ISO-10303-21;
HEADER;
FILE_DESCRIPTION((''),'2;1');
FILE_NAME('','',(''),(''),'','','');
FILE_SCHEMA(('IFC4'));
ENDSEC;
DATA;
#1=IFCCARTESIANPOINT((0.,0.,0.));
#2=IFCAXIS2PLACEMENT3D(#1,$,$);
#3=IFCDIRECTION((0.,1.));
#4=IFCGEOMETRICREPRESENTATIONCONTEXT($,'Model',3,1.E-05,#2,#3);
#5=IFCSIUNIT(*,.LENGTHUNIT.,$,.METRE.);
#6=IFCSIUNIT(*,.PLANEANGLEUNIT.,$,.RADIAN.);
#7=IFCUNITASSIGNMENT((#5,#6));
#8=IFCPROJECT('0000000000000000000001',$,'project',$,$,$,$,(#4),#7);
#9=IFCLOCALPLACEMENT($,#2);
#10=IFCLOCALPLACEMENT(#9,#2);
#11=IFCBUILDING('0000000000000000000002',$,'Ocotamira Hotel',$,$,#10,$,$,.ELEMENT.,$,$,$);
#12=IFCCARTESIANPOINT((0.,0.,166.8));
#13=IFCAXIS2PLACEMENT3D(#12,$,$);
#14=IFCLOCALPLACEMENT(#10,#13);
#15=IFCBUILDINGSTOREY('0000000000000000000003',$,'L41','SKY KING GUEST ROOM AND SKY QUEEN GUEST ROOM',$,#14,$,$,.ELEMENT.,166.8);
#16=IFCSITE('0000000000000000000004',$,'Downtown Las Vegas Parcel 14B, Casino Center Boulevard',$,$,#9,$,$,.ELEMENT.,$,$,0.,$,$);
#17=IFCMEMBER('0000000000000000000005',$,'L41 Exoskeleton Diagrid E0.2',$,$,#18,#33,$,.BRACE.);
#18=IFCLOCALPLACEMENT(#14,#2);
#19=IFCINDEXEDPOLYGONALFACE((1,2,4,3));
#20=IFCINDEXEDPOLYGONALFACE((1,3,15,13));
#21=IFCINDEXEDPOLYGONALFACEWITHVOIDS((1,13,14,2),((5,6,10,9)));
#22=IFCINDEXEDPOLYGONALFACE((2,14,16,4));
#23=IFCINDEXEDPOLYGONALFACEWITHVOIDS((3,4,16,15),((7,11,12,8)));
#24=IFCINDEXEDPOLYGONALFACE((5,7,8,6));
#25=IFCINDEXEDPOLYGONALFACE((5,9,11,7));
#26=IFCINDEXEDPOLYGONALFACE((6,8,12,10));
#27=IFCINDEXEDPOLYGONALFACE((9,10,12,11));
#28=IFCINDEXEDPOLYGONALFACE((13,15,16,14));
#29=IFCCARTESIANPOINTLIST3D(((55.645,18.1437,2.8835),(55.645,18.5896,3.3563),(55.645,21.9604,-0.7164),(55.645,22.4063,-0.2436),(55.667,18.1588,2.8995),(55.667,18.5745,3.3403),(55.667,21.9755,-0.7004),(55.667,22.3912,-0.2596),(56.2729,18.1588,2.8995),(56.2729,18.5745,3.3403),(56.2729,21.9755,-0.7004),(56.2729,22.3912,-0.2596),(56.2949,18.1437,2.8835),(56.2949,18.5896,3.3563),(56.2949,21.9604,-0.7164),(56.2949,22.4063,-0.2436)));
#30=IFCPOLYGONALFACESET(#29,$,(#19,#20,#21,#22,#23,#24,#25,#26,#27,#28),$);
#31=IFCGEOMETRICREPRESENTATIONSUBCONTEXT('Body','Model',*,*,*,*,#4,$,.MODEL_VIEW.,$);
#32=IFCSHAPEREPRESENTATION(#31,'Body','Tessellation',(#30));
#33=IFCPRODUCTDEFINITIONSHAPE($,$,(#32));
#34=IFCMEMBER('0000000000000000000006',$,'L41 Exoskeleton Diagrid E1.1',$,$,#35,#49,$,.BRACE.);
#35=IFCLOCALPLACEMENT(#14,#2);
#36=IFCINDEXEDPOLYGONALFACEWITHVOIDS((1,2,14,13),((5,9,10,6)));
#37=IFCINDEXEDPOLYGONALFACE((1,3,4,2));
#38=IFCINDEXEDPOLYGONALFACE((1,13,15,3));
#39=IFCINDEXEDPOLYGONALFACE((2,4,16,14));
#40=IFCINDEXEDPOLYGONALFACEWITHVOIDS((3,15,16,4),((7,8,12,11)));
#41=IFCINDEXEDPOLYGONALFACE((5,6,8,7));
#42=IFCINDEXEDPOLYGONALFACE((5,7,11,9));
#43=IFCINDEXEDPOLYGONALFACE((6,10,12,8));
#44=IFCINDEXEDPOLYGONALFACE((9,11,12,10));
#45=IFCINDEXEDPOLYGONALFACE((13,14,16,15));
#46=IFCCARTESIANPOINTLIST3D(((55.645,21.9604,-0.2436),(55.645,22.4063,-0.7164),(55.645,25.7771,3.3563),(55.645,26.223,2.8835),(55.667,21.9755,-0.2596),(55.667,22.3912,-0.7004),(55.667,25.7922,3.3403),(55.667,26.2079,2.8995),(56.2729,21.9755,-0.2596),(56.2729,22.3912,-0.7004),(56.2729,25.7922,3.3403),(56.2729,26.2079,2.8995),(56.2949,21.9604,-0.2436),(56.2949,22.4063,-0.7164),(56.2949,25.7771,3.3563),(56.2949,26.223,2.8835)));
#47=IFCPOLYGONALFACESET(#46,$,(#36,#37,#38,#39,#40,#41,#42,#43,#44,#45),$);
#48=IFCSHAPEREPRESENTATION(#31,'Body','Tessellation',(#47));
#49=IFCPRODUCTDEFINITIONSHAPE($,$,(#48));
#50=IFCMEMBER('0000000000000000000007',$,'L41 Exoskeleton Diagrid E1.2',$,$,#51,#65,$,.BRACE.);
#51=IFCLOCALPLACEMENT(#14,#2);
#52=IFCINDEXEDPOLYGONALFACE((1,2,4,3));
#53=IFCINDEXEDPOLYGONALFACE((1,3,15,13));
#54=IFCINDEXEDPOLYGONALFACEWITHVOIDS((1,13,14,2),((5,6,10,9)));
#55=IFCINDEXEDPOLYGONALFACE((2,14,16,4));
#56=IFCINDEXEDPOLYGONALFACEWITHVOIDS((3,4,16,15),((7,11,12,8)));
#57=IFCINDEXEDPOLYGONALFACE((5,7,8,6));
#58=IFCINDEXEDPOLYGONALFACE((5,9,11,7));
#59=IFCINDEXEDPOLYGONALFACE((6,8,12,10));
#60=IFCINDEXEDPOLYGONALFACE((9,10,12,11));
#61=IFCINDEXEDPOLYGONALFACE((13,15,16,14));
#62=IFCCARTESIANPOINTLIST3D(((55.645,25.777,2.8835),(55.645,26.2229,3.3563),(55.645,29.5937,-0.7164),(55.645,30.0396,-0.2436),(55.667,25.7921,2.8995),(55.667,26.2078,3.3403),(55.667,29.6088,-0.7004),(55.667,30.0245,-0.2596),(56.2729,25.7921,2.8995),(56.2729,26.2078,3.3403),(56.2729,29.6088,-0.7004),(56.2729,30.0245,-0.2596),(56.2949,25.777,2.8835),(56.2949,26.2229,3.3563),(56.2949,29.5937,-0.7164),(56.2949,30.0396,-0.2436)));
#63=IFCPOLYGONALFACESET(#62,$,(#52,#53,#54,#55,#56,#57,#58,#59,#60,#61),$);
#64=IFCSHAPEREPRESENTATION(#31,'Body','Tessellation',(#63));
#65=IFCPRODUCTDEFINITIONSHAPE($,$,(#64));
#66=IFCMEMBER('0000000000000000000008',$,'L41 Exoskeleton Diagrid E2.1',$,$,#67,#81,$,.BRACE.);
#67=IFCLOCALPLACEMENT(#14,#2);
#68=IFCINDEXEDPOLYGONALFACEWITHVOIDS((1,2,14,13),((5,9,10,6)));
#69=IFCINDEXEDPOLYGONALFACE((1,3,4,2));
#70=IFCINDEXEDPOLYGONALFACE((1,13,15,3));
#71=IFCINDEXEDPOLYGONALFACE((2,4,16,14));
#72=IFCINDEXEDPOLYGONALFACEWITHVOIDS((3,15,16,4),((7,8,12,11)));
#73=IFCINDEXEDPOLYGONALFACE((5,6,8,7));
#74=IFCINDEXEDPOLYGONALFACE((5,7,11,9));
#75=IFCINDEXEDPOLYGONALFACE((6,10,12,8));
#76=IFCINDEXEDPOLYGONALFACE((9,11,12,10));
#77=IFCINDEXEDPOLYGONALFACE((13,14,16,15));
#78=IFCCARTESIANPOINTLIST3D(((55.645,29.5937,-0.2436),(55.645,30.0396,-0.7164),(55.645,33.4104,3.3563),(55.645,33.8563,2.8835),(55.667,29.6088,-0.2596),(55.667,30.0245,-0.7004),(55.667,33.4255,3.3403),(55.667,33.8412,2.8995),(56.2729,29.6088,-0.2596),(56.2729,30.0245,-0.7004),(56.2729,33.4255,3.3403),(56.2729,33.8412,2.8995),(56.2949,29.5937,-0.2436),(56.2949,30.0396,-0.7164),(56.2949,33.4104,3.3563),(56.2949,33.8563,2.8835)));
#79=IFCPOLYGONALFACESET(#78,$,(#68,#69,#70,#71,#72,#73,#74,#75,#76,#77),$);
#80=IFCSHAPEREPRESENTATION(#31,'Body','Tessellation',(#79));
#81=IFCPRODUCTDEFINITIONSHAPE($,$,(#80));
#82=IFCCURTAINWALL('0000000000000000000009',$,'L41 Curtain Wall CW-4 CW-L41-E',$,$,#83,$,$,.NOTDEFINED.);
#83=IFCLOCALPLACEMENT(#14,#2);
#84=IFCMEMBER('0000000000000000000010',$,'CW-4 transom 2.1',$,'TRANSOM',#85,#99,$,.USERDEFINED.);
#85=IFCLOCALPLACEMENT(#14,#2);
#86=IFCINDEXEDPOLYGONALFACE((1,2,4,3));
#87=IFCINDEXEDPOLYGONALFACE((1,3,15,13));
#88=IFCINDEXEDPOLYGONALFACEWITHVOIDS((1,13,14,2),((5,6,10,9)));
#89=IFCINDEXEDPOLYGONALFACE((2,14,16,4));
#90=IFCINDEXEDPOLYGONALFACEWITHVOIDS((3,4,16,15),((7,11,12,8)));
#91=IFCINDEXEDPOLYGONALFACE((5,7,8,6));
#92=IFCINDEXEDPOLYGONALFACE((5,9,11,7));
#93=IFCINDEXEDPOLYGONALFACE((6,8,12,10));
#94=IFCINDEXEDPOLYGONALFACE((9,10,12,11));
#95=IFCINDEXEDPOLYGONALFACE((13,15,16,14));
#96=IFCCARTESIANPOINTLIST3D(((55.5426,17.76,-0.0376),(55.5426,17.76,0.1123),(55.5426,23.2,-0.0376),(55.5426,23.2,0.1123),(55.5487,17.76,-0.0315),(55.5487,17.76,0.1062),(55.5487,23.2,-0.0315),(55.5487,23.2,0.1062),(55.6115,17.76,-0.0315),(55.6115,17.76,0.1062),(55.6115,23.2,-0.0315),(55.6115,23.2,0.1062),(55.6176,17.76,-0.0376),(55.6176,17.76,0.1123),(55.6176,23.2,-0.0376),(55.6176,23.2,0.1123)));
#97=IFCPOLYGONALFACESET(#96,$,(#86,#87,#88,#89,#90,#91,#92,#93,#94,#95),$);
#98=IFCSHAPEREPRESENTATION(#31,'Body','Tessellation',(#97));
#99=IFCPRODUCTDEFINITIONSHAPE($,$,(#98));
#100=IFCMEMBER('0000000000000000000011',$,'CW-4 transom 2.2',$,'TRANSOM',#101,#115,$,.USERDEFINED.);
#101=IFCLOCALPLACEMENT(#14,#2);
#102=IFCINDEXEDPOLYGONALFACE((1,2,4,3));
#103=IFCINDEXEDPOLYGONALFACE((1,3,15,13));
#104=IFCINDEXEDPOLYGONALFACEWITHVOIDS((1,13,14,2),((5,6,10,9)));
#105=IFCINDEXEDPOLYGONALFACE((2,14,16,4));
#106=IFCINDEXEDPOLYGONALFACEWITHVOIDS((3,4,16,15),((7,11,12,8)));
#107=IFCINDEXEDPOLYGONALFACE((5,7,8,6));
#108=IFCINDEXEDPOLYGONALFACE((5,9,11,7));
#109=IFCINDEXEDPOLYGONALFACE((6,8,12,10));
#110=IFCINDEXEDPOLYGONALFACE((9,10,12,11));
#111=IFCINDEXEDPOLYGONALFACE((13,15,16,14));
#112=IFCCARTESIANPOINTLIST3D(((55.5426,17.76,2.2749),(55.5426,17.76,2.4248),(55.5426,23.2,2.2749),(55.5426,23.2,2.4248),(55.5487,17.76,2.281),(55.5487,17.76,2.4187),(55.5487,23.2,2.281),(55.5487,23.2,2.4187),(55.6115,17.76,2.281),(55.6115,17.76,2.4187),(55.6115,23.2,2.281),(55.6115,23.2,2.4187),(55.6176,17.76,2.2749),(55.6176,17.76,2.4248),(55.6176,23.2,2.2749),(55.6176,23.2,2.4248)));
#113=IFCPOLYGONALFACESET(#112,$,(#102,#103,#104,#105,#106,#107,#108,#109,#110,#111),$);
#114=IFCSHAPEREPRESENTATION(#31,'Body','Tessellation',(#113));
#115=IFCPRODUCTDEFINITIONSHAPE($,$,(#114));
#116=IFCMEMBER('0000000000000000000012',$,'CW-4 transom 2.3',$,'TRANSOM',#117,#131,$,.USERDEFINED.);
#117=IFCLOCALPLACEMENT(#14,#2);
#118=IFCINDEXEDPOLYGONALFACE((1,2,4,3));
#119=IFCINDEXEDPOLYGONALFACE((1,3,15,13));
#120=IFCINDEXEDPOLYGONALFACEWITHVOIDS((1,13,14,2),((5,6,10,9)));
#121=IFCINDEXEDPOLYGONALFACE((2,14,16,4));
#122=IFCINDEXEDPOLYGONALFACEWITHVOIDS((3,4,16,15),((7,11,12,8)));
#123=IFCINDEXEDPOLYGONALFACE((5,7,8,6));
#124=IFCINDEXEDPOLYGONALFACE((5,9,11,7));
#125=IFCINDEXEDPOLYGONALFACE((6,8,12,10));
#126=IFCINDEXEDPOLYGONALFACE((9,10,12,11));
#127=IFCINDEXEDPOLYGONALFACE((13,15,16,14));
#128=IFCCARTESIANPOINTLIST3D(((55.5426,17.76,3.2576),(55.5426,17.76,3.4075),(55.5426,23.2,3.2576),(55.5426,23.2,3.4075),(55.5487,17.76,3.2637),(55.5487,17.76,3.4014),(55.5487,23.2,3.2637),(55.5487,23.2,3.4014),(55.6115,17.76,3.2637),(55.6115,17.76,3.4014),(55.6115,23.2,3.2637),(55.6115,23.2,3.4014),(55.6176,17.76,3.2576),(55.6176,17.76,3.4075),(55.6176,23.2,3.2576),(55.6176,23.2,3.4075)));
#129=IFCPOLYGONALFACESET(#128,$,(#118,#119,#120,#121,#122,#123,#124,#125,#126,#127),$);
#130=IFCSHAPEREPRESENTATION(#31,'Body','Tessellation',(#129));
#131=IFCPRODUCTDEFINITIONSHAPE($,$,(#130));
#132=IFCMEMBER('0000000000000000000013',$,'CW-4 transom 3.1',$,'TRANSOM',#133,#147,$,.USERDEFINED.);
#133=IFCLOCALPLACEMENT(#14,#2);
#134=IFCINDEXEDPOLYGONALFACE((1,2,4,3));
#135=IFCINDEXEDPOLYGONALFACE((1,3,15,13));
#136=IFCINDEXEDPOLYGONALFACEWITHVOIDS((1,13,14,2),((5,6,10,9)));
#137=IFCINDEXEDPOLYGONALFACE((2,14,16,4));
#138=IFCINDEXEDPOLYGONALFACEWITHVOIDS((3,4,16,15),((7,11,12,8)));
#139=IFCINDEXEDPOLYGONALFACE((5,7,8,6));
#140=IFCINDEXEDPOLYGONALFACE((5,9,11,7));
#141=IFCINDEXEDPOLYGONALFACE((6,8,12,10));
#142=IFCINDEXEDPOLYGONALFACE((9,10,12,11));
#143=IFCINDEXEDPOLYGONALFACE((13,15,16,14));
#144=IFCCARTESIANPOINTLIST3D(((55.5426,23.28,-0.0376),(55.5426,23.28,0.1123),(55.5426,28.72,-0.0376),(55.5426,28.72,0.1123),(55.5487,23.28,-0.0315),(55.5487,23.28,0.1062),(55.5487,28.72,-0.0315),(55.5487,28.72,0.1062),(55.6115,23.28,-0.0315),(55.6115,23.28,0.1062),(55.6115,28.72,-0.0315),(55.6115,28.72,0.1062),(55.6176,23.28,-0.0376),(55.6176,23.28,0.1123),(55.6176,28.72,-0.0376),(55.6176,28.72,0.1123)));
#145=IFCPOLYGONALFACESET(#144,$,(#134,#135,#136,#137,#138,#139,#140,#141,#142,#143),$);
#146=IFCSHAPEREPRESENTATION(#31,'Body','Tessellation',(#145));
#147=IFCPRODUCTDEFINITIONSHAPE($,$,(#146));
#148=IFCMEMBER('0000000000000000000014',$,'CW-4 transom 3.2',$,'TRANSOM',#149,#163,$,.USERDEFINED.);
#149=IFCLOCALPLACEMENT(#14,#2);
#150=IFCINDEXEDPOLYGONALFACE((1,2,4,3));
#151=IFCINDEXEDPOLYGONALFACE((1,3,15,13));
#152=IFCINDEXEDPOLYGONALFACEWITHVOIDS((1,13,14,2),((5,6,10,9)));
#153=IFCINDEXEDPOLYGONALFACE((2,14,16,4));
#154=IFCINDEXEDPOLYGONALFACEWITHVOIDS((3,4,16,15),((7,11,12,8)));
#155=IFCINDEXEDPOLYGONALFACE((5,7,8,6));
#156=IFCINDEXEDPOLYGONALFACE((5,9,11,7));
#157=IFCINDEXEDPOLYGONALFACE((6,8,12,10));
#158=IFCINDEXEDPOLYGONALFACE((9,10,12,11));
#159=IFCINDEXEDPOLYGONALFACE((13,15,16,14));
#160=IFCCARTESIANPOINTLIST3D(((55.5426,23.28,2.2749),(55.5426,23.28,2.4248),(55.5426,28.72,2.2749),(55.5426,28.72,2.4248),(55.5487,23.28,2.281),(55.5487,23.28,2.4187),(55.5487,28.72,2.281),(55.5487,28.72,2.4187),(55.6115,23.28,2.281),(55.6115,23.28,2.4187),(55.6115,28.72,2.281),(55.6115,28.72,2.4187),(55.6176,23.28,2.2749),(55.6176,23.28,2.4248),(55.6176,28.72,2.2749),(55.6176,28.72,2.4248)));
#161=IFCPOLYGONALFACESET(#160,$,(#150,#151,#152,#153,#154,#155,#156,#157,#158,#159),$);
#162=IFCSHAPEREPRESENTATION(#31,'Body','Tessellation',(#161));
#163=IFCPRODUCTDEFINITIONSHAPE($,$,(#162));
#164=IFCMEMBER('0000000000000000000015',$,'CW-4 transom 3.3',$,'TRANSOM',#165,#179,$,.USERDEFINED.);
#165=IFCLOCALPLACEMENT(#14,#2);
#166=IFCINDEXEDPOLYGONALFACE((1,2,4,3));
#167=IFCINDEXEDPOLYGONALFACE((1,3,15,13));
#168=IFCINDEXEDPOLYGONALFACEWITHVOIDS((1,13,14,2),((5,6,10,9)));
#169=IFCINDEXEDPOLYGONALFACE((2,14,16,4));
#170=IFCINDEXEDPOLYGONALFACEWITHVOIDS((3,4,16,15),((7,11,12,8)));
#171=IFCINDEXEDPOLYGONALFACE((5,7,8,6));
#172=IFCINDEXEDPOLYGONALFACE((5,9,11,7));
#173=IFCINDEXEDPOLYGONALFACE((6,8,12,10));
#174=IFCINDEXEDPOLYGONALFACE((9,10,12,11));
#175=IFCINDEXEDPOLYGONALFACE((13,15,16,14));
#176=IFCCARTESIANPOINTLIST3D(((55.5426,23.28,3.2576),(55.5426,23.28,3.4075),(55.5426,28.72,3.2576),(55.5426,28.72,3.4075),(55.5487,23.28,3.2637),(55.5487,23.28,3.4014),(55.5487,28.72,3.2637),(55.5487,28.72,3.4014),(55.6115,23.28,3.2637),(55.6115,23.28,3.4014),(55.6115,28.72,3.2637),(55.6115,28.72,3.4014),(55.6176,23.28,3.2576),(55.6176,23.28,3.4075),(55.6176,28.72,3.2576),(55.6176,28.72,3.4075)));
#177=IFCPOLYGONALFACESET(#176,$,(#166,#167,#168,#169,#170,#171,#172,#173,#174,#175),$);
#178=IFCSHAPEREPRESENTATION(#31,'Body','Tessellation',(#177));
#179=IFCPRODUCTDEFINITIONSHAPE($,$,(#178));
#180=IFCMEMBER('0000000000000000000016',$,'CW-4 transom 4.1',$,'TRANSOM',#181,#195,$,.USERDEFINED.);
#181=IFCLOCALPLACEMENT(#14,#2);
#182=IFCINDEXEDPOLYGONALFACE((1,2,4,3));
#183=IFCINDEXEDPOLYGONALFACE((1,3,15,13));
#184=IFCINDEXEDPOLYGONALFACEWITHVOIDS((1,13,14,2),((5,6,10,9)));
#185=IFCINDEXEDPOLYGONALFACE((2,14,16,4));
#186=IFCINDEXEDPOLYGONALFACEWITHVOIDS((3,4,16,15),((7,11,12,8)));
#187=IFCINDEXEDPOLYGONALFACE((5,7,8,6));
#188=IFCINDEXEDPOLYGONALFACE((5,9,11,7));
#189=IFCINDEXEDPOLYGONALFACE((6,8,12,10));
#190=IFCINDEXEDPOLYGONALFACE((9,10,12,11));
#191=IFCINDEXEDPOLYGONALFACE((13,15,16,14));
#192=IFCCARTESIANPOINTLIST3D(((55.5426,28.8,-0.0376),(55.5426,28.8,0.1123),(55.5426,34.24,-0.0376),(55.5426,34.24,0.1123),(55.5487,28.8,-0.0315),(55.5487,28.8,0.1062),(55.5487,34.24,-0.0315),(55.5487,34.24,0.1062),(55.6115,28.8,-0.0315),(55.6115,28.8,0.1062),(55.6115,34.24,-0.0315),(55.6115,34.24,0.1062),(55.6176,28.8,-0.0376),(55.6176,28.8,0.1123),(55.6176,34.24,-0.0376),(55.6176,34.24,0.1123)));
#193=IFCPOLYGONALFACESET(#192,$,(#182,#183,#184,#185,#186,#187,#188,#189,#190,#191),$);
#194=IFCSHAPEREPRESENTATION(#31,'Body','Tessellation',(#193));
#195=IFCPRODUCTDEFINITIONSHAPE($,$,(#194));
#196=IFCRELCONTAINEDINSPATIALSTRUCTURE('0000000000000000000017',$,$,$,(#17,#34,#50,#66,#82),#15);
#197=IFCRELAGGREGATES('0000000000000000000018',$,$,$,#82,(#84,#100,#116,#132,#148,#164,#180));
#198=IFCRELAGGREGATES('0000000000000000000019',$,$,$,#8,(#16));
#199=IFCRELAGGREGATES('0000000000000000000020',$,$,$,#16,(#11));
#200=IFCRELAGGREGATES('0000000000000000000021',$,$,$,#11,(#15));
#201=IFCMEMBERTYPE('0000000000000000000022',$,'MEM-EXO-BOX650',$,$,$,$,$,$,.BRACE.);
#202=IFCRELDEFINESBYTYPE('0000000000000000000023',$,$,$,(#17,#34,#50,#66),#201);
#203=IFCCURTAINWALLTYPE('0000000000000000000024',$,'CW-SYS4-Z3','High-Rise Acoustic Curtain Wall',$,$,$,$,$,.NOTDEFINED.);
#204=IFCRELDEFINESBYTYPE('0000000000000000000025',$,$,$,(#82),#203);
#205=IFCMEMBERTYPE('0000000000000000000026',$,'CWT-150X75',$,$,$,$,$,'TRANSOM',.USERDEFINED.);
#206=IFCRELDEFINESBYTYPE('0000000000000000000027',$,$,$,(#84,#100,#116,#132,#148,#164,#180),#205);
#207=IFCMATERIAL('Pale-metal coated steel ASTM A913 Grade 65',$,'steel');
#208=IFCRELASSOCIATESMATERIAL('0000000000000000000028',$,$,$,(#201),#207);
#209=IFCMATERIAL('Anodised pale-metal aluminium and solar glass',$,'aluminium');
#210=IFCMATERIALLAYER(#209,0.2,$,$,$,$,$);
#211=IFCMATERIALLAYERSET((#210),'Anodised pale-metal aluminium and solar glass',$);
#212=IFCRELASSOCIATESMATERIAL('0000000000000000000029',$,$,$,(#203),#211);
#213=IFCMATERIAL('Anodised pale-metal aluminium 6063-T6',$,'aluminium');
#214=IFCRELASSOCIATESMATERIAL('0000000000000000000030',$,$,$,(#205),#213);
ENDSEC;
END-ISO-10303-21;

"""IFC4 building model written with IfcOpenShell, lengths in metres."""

from ifc_helpers import new_model, si_unit, direction, frame, origin, origin_2d, place, context, subcontext, project, spatial, hollow_rectangle, extrude, source, transform, mapped, material, layer, layer_set, material_profile, profile_set, type_object, element, aggregate, save


model = new_model("IFC4")

# Units and contexts
model_context = context("Model", 3, precision=1e-05, world=origin(), true_north=direction((0.0, 1.0)))
body_context = subcontext(model_context, "Body", "Model", "MODEL_VIEW")
ifc_project = project(units=[si_unit("LENGTHUNIT", "METRE"), si_unit("PLANEANGLEUNIT", "RADIAN")], contexts=[model_context])

# Site, building, storey
site_placement = place(None, origin())
site = spatial("IfcSite", under=ifc_project, at=site_placement, Name="Downtown Las Vegas Parcel 14B, Casino Center Boulevard", CompositionType="ELEMENT", RefElevation=0.0)
building_placement = place(site_placement, origin())
building = spatial("IfcBuilding", under=site, at=building_placement, Name="Ocotamira Hotel", CompositionType="ELEMENT")
storey_placement = place(building_placement, frame((0.0, 0.0, 166.8)))
storey = spatial("IfcBuildingStorey", under=building, at=storey_placement, Name="L41", Description="SKY KING GUEST ROOM AND SKY QUEEN GUEST ROOM", CompositionType="ELEMENT", Elevation=166.8)

# Members
ifc_material_1 = material(Name="Pale-metal coated steel ASTM A913 Grade 65", Category="steel")
ifc_material_profile_1 = material_profile(ifc_material_1, hollow_rectangle(XDim=0.6499, YDim=0.6499, WallThickness=0.022, at=origin_2d()), Name="BOX650X650X22")
ifc_profile_set_1 = profile_set([ifc_material_profile_1], Name="Pale-metal coated steel ASTM A913 Grade 65")
member_type_1 = type_object("IfcMemberType", Name="MEM-EXO-BOX650", PredefinedType="BRACE", material=ifc_profile_set_1)
shared_shape_1 = source(origin(), body_context, "Body", "SweptSolid", [
    extrude(hollow_rectangle(XDim=0.6499, YDim=0.6499, WallThickness=0.022, at=origin_2d()), origin(), (0.0, 0.0, 1.0), 5.2466),
])
for number, where, z_axis, x_axis, name in (
    (1, (55.97, 22.1833, -0.48), (0.0, -0.727466, 0.686144), (1.0, 0.0, 0.0), "L41 Exoskeleton Diagrid E0.2"),
    (2, (55.97, 22.1833, -0.48), (0.0, 0.727466, 0.686144), (-1.0, 0.0, 0.0), "L41 Exoskeleton Diagrid E1.1"),
    (3, (55.97, 29.8167, -0.48), (0.0, -0.727466, 0.686144), (1.0, 0.0, 0.0), "L41 Exoskeleton Diagrid E1.2"),
    (4, (55.97, 29.8167, -0.48), (0.0, 0.727466, 0.686144), (-1.0, 0.0, 0.0), "L41 Exoskeleton Diagrid E2.1"),
):
    element("IfcMember", number, at=place(storey_placement, frame(where, z_axis=z_axis, x_axis=x_axis)), inside=storey, type_object=member_type_1, Name=name, PredefinedType="BRACE", context=body_context, shape_type="MappedRepresentation", body=[
        mapped(shared_shape_1, transform((0.0, 0.0, 0.0), scale=1.0)),
    ])

# Curtain wall, members
ifc_material_2 = material(Name="Anodised pale-metal aluminium and solar glass", Category="aluminium")
ifc_layer_1 = layer(ifc_material_2, 0.2)
ifc_layer_set_1 = layer_set([ifc_layer_1], Name="Anodised pale-metal aluminium and solar glass")
curtain_wall_type = type_object("IfcCurtainWallType", Name="CW-SYS4-Z3", Description="High-Rise Acoustic Curtain Wall", PredefinedType="NOTDEFINED", material=ifc_layer_set_1)
curtain_wall_placement = place(storey_placement, origin())
curtain_wall = element("IfcCurtainWall", 5, at=curtain_wall_placement, inside=storey, type_object=curtain_wall_type, Name="L41 Curtain Wall CW-4 CW-L41-E", PredefinedType="NOTDEFINED")
ifc_material_3 = material(Name="Anodised pale-metal aluminium 6063-T6", Category="aluminium")
ifc_material_profile_2 = material_profile(ifc_material_3, hollow_rectangle(XDim=0.075, YDim=0.1499, WallThickness=0.0061, at=origin_2d()), Name="HSS150X75X6")
ifc_profile_set_2 = profile_set([ifc_material_profile_2], Name="Anodised pale-metal aluminium 6063-T6")
member_type_2 = type_object("IfcMemberType", Name="CWT-150X75", ElementType="TRANSOM", PredefinedType="USERDEFINED", material=ifc_profile_set_2)
shared_shape_2 = source(origin(), body_context, "Body", "SweptSolid", [
    extrude(hollow_rectangle(XDim=0.075, YDim=0.1499, WallThickness=0.0061, at=origin_2d()), origin(), (0.0, 0.0, 1.0), 5.4399),
])
member_1_placement = place(storey_placement, frame((55.5801, 17.76, 0.0374), z_axis=(0.0, 1.0, 0.0), x_axis=(-1.0, 0.0, 0.0)))
member_1 = element("IfcMember", 6, at=member_1_placement, type_object=member_type_2, Name="CW-4 transom 2.1", ObjectType="TRANSOM", PredefinedType="USERDEFINED", context=body_context, shape_type="MappedRepresentation", body=[
    mapped(shared_shape_2, transform((0.0, 0.0, 0.0), scale=1.0)),
])
member_2_placement = place(storey_placement, frame((55.5801, 17.76, 2.3499), z_axis=(0.0, 1.0, 0.0), x_axis=(-1.0, 0.0, 0.0)))
member_2 = element("IfcMember", 7, at=member_2_placement, type_object=member_type_2, Name="CW-4 transom 2.2", ObjectType="TRANSOM", PredefinedType="USERDEFINED", context=body_context, shape_type="MappedRepresentation", body=[
    mapped(shared_shape_2, transform((0.0, 0.0, 0.0), scale=1.0)),
])
member_3_placement = place(storey_placement, frame((55.5801, 17.76, 3.3325), z_axis=(0.0, 1.0, 0.0), x_axis=(-1.0, 0.0, 0.0)))
member_3 = element("IfcMember", 8, at=member_3_placement, type_object=member_type_2, Name="CW-4 transom 2.3", ObjectType="TRANSOM", PredefinedType="USERDEFINED", context=body_context, shape_type="MappedRepresentation", body=[
    mapped(shared_shape_2, transform((0.0, 0.0, 0.0), scale=1.0)),
])
member_4_placement = place(storey_placement, frame((55.5801, 23.28, 0.0374), z_axis=(0.0, 1.0, 0.0), x_axis=(-1.0, 0.0, 0.0)))
member_4 = element("IfcMember", 9, at=member_4_placement, type_object=member_type_2, Name="CW-4 transom 3.1", ObjectType="TRANSOM", PredefinedType="USERDEFINED", context=body_context, shape_type="MappedRepresentation", body=[
    mapped(shared_shape_2, transform((0.0, 0.0, 0.0), scale=1.0)),
])
member_5_placement = place(storey_placement, frame((55.5801, 23.28, 2.3499), z_axis=(0.0, 1.0, 0.0), x_axis=(-1.0, 0.0, 0.0)))
member_5 = element("IfcMember", 10, at=member_5_placement, type_object=member_type_2, Name="CW-4 transom 3.2", ObjectType="TRANSOM", PredefinedType="USERDEFINED", context=body_context, shape_type="MappedRepresentation", body=[
    mapped(shared_shape_2, transform((0.0, 0.0, 0.0), scale=1.0)),
])
member_6_placement = place(storey_placement, frame((55.5801, 23.28, 3.3325), z_axis=(0.0, 1.0, 0.0), x_axis=(-1.0, 0.0, 0.0)))
member_6 = element("IfcMember", 11, at=member_6_placement, type_object=member_type_2, Name="CW-4 transom 3.3", ObjectType="TRANSOM", PredefinedType="USERDEFINED", context=body_context, shape_type="MappedRepresentation", body=[
    mapped(shared_shape_2, transform((0.0, 0.0, 0.0), scale=1.0)),
])
member_7_placement = place(storey_placement, frame((55.5801, 28.8, 0.0374), z_axis=(0.0, 1.0, 0.0), x_axis=(-1.0, 0.0, 0.0)))
member_7 = element("IfcMember", 12, at=member_7_placement, type_object=member_type_2, Name="CW-4 transom 4.1", ObjectType="TRANSOM", PredefinedType="USERDEFINED", context=body_context, shape_type="MappedRepresentation", body=[
    mapped(shared_shape_2, transform((0.0, 0.0, 0.0), scale=1.0)),
])

aggregate(curtain_wall, [member_1, member_2, member_3, member_4, member_5, member_6, member_7])

save(model, "model.ifc")
